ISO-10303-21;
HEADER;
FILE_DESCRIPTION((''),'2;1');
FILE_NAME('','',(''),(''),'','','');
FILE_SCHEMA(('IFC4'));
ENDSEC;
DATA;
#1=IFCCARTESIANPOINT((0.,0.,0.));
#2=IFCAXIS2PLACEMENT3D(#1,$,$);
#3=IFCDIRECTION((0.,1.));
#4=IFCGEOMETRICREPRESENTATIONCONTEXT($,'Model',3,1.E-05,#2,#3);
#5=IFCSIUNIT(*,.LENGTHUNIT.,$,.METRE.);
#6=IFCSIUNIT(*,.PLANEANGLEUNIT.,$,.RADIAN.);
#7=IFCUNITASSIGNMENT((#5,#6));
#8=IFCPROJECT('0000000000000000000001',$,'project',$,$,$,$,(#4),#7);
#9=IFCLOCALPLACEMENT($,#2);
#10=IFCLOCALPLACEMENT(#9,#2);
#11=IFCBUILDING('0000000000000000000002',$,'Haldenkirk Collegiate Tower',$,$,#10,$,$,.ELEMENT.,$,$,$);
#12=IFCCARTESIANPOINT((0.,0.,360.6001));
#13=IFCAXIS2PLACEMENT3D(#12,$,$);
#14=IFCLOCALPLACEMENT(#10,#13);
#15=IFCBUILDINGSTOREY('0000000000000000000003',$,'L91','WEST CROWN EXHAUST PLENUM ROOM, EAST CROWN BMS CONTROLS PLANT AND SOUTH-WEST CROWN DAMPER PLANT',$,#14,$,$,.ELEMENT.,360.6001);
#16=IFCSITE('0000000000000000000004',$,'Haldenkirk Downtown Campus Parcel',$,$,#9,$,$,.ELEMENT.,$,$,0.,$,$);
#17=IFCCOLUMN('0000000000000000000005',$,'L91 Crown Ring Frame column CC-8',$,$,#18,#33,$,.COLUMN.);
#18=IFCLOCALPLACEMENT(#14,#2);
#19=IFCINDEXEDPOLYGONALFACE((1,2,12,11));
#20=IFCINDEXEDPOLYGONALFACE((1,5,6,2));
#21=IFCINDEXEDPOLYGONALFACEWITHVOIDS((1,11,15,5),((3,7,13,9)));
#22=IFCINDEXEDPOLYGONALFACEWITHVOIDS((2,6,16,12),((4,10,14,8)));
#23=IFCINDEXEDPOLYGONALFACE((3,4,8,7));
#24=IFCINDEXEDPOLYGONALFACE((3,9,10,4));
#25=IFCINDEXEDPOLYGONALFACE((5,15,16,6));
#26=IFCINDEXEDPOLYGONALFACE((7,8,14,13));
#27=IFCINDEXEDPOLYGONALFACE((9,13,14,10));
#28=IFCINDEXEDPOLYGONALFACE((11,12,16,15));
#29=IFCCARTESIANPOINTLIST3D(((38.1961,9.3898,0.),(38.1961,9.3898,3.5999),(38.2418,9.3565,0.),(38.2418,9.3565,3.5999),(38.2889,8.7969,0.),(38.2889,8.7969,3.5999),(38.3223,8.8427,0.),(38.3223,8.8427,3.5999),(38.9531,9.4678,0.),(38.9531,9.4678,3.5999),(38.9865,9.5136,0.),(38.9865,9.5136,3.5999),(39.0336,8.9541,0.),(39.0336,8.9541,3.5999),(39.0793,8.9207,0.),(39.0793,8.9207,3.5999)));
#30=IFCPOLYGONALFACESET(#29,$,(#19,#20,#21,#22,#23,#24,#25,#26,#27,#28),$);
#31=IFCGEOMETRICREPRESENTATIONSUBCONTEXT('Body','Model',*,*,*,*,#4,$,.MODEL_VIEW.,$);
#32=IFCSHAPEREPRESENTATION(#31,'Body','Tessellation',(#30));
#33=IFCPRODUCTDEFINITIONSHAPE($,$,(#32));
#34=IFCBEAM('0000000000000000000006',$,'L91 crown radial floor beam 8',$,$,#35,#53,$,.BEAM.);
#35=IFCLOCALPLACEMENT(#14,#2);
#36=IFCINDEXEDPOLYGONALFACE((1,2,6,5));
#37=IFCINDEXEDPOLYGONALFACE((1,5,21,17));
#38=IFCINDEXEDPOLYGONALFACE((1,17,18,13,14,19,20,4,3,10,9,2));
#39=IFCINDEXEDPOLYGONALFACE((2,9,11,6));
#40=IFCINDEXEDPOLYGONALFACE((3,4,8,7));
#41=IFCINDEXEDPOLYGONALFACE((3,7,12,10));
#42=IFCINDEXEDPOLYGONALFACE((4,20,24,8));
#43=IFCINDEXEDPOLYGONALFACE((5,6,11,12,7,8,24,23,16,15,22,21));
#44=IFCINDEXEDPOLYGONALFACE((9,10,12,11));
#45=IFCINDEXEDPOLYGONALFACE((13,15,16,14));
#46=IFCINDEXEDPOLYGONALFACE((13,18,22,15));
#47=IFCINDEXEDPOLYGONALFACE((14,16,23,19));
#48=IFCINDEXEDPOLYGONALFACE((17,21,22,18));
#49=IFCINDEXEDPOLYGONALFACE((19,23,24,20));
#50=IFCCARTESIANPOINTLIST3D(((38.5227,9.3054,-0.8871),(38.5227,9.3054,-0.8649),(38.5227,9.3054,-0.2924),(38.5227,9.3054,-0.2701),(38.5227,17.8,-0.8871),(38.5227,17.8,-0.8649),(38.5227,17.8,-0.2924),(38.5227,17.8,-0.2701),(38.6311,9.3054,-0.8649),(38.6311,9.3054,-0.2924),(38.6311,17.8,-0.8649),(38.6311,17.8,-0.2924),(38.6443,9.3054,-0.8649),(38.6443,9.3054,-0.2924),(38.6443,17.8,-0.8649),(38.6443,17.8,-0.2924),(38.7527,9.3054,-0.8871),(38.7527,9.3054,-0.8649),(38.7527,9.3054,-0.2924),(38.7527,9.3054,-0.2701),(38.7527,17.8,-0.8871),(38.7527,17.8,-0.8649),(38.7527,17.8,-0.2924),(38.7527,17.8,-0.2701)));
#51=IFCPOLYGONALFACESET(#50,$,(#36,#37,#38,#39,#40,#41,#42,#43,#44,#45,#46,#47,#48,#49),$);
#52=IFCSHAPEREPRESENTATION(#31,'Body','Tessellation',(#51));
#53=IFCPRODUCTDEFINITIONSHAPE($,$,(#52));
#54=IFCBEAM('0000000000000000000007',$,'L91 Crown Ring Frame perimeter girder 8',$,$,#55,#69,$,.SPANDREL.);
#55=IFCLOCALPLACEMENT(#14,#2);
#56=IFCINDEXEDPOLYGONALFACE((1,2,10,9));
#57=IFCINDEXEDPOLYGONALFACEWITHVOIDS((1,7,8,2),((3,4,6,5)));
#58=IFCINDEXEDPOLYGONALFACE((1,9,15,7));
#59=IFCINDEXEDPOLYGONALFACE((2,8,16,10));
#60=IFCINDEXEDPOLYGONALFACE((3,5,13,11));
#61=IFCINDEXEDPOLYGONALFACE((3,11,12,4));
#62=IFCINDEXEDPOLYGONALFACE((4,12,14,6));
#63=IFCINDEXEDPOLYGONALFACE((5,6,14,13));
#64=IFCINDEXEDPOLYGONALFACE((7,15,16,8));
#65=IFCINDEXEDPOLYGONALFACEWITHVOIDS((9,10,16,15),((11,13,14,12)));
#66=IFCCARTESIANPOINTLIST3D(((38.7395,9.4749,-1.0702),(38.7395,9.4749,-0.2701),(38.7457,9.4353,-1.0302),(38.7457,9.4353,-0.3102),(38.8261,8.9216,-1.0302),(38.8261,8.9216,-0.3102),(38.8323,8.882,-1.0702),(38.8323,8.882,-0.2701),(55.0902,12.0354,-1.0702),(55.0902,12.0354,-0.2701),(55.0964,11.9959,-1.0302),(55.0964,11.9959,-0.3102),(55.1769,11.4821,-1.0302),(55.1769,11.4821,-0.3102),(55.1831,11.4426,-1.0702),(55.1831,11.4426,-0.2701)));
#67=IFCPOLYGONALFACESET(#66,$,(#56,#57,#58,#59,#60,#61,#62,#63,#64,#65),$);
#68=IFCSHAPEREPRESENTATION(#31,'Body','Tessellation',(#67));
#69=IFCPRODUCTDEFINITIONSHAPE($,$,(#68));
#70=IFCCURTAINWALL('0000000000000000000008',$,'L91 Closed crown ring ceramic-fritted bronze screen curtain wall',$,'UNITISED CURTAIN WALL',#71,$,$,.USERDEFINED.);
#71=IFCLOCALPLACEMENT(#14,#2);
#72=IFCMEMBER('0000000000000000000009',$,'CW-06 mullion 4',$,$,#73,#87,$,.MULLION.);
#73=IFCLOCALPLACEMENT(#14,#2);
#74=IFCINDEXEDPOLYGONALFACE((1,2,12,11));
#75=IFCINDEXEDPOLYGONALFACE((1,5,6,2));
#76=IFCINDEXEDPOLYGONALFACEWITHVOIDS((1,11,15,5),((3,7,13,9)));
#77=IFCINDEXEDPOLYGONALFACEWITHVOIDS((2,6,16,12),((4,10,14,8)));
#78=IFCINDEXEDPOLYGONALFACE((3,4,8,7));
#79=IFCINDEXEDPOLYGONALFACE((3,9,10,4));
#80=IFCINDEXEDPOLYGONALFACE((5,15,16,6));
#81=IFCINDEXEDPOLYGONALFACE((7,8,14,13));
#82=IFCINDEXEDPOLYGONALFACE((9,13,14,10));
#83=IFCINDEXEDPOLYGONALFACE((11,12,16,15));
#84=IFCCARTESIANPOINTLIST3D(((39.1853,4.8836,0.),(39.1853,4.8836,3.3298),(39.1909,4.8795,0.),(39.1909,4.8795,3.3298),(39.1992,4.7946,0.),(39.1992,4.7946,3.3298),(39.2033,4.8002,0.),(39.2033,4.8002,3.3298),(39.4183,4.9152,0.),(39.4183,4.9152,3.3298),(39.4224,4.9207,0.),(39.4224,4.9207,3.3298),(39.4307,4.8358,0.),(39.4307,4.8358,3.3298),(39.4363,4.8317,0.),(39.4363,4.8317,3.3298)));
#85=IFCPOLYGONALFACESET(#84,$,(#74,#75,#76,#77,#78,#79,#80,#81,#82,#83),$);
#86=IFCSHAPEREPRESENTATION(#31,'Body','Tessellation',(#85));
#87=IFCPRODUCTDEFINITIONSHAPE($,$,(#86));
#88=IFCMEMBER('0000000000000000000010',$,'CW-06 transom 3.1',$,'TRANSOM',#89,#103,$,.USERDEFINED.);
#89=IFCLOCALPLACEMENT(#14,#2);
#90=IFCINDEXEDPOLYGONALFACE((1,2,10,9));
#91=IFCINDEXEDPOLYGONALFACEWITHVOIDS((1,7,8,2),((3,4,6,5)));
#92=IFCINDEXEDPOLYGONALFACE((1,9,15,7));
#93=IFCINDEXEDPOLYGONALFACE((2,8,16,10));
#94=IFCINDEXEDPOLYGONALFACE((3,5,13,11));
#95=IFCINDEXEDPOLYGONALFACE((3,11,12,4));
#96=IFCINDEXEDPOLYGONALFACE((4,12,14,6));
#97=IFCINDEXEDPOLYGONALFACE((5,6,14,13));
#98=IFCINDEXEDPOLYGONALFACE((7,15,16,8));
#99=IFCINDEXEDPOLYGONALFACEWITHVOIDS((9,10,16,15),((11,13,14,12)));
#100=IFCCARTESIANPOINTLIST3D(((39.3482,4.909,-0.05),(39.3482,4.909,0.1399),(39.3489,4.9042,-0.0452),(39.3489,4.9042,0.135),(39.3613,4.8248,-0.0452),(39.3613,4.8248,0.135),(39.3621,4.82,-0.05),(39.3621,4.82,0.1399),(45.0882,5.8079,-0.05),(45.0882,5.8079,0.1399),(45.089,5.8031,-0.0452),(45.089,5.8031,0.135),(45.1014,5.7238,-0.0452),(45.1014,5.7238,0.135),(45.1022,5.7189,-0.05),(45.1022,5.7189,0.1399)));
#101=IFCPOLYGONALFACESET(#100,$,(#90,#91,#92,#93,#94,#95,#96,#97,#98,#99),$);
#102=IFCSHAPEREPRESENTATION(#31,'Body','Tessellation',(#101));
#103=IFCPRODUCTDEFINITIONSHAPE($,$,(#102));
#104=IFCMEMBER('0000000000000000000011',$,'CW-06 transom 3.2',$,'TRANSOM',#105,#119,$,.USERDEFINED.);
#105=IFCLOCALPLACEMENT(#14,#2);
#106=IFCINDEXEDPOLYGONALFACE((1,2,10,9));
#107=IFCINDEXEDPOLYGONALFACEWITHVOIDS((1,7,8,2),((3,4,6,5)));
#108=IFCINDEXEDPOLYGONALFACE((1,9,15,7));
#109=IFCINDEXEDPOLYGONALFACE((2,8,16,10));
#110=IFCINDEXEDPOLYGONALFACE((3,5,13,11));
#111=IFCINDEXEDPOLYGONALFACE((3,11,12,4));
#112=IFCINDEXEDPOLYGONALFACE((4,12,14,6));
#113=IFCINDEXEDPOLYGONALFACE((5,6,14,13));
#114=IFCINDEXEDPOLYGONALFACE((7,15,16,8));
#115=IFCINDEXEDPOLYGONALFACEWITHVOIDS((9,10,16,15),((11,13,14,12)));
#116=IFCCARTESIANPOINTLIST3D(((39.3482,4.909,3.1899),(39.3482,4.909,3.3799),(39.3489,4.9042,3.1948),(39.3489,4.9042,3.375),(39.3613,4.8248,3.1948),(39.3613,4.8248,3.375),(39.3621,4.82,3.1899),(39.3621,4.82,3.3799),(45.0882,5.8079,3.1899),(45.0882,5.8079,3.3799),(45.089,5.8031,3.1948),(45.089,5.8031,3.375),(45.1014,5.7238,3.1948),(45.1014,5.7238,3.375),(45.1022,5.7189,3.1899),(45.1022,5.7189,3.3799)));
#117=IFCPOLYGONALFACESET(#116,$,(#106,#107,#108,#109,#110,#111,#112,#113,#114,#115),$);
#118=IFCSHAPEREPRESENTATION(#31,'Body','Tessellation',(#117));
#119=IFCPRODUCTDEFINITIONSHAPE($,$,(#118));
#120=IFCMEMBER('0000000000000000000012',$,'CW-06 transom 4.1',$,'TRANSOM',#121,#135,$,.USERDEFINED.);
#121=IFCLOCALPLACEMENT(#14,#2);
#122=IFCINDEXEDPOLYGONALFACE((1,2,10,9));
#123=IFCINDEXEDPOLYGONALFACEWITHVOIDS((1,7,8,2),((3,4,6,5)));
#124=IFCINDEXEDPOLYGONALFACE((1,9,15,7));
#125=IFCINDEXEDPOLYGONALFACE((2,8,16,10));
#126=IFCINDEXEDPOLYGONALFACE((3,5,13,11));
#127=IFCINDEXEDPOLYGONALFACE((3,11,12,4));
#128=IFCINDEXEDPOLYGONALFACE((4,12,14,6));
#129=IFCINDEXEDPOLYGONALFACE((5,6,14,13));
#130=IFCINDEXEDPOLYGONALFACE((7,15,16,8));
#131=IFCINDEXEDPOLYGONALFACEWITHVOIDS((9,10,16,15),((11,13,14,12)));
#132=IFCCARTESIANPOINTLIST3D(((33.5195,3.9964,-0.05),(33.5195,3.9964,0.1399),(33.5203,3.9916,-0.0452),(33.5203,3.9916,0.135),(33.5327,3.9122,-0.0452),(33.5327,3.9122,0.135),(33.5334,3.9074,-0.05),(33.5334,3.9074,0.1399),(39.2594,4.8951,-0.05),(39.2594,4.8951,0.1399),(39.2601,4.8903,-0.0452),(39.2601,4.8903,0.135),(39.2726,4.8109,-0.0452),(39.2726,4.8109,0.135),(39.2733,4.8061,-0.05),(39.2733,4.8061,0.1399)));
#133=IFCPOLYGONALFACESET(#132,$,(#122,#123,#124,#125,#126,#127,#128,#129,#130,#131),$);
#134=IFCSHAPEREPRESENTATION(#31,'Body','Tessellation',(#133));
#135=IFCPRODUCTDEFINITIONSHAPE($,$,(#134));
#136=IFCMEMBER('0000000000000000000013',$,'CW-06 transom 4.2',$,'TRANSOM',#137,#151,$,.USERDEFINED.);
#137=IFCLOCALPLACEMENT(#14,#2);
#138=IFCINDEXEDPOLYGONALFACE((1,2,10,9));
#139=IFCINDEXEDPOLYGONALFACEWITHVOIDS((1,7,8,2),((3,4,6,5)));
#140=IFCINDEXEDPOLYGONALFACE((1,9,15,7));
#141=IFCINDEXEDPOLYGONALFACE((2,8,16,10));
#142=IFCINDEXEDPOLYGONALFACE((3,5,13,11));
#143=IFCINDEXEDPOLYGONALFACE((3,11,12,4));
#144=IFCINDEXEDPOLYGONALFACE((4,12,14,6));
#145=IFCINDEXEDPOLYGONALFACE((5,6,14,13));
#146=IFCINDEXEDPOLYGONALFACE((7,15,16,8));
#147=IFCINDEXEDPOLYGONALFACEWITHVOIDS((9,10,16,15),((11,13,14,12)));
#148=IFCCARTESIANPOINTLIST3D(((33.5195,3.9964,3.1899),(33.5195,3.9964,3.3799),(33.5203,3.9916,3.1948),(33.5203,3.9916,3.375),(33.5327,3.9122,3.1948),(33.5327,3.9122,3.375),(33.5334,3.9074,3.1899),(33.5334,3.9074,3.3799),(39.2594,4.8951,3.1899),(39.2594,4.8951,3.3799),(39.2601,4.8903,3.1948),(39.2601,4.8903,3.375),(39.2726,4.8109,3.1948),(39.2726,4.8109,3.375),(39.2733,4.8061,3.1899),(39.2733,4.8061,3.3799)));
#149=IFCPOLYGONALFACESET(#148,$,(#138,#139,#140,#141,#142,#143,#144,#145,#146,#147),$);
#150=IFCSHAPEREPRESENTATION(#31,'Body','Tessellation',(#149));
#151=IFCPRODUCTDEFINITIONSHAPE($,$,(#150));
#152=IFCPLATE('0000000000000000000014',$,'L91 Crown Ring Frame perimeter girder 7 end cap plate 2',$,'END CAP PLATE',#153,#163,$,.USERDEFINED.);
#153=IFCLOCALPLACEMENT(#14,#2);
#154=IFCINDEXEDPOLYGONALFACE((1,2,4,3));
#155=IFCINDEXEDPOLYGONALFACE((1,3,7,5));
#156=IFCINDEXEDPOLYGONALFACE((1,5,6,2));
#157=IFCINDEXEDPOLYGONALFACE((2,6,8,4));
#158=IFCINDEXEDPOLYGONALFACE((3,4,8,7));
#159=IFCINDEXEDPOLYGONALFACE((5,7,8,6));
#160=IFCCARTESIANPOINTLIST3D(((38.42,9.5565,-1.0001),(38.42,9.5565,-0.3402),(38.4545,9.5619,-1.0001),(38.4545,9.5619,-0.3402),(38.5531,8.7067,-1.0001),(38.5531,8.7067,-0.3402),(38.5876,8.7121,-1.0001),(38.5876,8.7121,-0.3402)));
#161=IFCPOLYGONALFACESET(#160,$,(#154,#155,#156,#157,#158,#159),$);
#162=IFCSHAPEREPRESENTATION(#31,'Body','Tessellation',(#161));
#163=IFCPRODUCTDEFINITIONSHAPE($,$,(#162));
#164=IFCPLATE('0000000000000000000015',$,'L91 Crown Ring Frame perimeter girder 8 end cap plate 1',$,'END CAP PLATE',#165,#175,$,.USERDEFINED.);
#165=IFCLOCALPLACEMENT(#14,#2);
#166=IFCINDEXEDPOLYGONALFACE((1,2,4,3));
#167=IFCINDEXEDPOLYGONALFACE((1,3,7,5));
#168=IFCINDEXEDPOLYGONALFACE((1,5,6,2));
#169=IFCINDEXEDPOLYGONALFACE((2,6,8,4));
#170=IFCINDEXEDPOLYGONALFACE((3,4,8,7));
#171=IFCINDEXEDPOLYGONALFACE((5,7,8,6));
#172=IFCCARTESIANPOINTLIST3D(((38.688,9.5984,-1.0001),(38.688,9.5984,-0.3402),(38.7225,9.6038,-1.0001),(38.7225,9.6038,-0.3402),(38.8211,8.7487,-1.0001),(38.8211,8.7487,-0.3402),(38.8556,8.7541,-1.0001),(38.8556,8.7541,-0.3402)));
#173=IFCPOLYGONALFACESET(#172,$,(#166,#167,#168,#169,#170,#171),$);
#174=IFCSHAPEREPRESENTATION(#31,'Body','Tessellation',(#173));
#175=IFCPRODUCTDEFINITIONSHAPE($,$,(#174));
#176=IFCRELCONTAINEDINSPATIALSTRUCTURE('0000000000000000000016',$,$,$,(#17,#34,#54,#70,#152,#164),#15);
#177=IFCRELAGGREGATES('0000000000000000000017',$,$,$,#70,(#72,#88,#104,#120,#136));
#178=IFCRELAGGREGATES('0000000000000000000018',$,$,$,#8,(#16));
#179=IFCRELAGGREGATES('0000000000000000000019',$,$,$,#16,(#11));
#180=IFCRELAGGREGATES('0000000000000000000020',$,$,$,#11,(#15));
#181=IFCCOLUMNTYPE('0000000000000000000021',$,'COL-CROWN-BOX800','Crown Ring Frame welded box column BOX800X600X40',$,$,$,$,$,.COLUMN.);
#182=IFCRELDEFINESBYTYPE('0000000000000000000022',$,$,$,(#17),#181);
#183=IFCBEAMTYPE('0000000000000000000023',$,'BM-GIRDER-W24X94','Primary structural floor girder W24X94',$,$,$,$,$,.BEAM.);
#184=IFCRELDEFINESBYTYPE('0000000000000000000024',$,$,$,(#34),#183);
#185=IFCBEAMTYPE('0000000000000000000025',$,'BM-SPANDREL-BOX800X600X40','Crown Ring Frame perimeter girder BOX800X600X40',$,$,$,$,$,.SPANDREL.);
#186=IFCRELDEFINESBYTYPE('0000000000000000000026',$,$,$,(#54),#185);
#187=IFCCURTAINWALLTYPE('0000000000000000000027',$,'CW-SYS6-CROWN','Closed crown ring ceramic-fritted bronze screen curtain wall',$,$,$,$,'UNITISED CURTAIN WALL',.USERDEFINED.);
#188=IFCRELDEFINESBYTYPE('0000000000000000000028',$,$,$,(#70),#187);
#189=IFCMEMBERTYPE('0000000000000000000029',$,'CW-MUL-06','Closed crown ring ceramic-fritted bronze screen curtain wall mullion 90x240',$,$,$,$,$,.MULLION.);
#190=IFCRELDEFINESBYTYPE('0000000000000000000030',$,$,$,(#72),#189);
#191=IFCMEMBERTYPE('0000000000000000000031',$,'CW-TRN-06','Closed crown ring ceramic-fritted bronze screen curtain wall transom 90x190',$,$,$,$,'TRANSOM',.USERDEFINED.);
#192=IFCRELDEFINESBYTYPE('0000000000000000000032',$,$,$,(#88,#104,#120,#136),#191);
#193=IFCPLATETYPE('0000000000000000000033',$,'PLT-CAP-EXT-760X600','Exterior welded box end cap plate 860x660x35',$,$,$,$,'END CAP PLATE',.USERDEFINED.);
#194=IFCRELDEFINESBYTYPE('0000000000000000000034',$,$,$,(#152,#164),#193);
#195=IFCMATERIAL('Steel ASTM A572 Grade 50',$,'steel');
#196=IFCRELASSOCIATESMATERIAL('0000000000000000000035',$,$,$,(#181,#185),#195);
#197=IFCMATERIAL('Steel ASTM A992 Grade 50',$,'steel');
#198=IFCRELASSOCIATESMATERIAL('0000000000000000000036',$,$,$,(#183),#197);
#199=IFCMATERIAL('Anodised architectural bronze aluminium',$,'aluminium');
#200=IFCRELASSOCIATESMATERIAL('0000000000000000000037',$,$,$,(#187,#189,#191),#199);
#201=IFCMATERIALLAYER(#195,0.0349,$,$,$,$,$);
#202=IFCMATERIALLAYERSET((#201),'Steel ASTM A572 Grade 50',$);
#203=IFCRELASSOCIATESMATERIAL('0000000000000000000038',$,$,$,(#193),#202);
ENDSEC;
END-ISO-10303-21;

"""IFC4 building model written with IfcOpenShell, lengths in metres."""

from ifc_helpers import new_model, si_unit, direction, frame, origin, origin_2d, place, context, subcontext, project, spatial, rectangle, hollow_rectangle, i_section, extrude, source, transform, mapped, material, layer, layer_set, material_profile, profile_set, type_object, element, aggregate, save


model = new_model("IFC4")

# Units and contexts
model_context = context("Model", 3, precision=1e-05, world=origin(), true_north=direction((0.0, 1.0)))
body_context = subcontext(model_context, "Body", "Model", "MODEL_VIEW")
ifc_project = project(units=[si_unit("LENGTHUNIT", "METRE"), si_unit("PLANEANGLEUNIT", "RADIAN")], contexts=[model_context])

# Site, building, storey
site_placement = place(None, origin())
site = spatial("IfcSite", under=ifc_project, at=site_placement, Name="Haldenkirk Downtown Campus Parcel", CompositionType="ELEMENT", RefElevation=0.0)
building_placement = place(site_placement, origin())
building = spatial("IfcBuilding", under=site, at=building_placement, Name="Haldenkirk Collegiate Tower", CompositionType="ELEMENT")
storey_placement = place(building_placement, frame((0.0, 0.0, 360.6001)))
storey = spatial("IfcBuildingStorey", under=building, at=storey_placement, Name="L91", Description="WEST CROWN EXHAUST PLENUM ROOM, EAST CROWN BMS CONTROLS PLANT AND SOUTH-WEST CROWN DAMPER PLANT", CompositionType="ELEMENT", Elevation=360.6001)

# Column
ifc_material_1 = material(Name="Steel ASTM A572 Grade 50", Category="steel")
ifc_material_profile_1 = material_profile(ifc_material_1, hollow_rectangle(XDim=0.6001, YDim=0.8, WallThickness=0.04, at=origin_2d()), Name="BOX800X600X40")
ifc_profile_set_1 = profile_set([ifc_material_profile_1], Name="Steel ASTM A572 Grade 50")
column_type = type_object("IfcColumnType", Name="COL-CROWN-BOX800", Description="Crown Ring Frame welded box column BOX800X600X40", PredefinedType="COLUMN", material=ifc_profile_set_1)
column_placement = place(storey_placement, frame((38.6377, 9.1553, 0.0), z_axis=(0.0, 0.0, 1.0), x_axis=(-0.15471, 0.98796, 0.0)))
element("IfcColumn", 1, at=column_placement, inside=storey, type_object=column_type, Name="L91 Crown Ring Frame column CC-8", PredefinedType="COLUMN", context=body_context, shape_type="SweptSolid", body=[
    extrude(hollow_rectangle(XDim=0.6001, YDim=0.8, WallThickness=0.04, at=origin_2d()), origin(), (0.0, 0.0, 1.0), 3.5999),
])

# Beams
ifc_material_2 = material(Name="Steel ASTM A992 Grade 50", Category="steel")
ifc_material_profile_2 = material_profile(ifc_material_2, i_section(OverallWidth=0.23, OverallDepth=0.6169, WebThickness=0.0132, FlangeThickness=0.0222, at=origin_2d()), Name="W24X94")
ifc_profile_set_2 = profile_set([ifc_material_profile_2], Name="Steel ASTM A992 Grade 50")
beam_type_1 = type_object("IfcBeamType", Name="BM-GIRDER-W24X94", Description="Primary structural floor girder W24X94", PredefinedType="BEAM", material=ifc_profile_set_2)
beam_1_placement = place(storey_placement, frame((38.6377, 9.3054, -0.5786), z_axis=(0.0, 1.0, 0.0), x_axis=(-1.0, 0.0, 0.0)))
element("IfcBeam", 2, at=beam_1_placement, inside=storey, type_object=beam_type_1, Name="L91 crown radial floor beam 8", PredefinedType="BEAM", context=body_context, shape_type="SweptSolid", body=[
    extrude(i_section(OverallWidth=0.23, OverallDepth=0.6169, WebThickness=0.0132, FlangeThickness=0.0222, at=origin_2d()), origin(), (0.0, 0.0, 1.0), 8.4946),
])
ifc_material_profile_3 = material_profile(ifc_material_1, hollow_rectangle(XDim=0.6001, YDim=0.8, WallThickness=0.04, at=origin_2d()), Name="BOX800X600X40")
ifc_profile_set_3 = profile_set([ifc_material_profile_3], Name="Steel ASTM A572 Grade 50")
beam_type_2 = type_object("IfcBeamType", Name="BM-SPANDREL-BOX800X600X40", Description="Crown Ring Frame perimeter girder BOX800X600X40", PredefinedType="SPANDREL", material=ifc_profile_set_3)
beam_2_placement = place(storey_placement, frame((38.7859, 9.1785, -0.6702), z_axis=(0.987959, 0.154715, 0.0), x_axis=(-0.154715, 0.987959, 0.0)))
element("IfcBeam", 3, at=beam_2_placement, inside=storey, type_object=beam_type_2, Name="L91 Crown Ring Frame perimeter girder 8", PredefinedType="SPANDREL", context=body_context, shape_type="SweptSolid", body=[
    extrude(hollow_rectangle(XDim=0.6001, YDim=0.8, WallThickness=0.04, at=origin_2d()), origin(), (0.0, 0.0, 1.0), 16.55),
])

# Curtain wall, members
ifc_material_3 = material(Name="Anodised architectural bronze aluminium", Category="aluminium")
curtain_wall_type = type_object("IfcCurtainWallType", Name="CW-SYS6-CROWN", Description="Closed crown ring ceramic-fritted bronze screen curtain wall", ElementType="UNITISED CURTAIN WALL", PredefinedType="USERDEFINED", material=ifc_material_3)
curtain_wall_placement = place(storey_placement, origin())
curtain_wall = element("IfcCurtainWall", 4, at=curtain_wall_placement, inside=storey, type_object=curtain_wall_type, Name="L91 Closed crown ring ceramic-fritted bronze screen curtain wall", ObjectType="UNITISED CURTAIN WALL", PredefinedType="USERDEFINED")
ifc_material_profile_4 = material_profile(ifc_material_3, hollow_rectangle(XDim=0.0901, YDim=0.24, WallThickness=0.0049, at=origin_2d()), Name="CW-MUL-06")
ifc_profile_set_4 = profile_set([ifc_material_profile_4], Name="Anodised architectural bronze aluminium")
member_type_1 = type_object("IfcMemberType", Name="CW-MUL-06", Description="Closed crown ring ceramic-fritted bronze screen curtain wall mullion 90x240", PredefinedType="MULLION", material=ifc_profile_set_4)
member_1_placement = place(storey_placement, frame((39.3108, 4.8577, 0.0), z_axis=(0.0, 0.0, 1.0), x_axis=(0.154709, -0.98796, 0.0)))
member_1 = element("IfcMember", 5, at=member_1_placement, type_object=member_type_1, Name="CW-06 mullion 4", PredefinedType="MULLION", context=body_context, shape_type="SweptSolid", body=[
    extrude(hollow_rectangle(XDim=0.0901, YDim=0.24, WallThickness=0.0049, at=origin_2d()), origin(), (0.0, 0.0, 1.0), 3.3298),
])
ifc_material_profile_5 = material_profile(ifc_material_3, hollow_rectangle(XDim=0.0901, YDim=0.1899, WallThickness=0.0049, at=origin_2d()), Name="CW-TRN-06")
ifc_profile_set_5 = profile_set([ifc_material_profile_5], Name="Anodised architectural bronze aluminium")
member_type_2 = type_object("IfcMemberType", Name="CW-TRN-06", Description="Closed crown ring ceramic-fritted bronze screen curtain wall transom 90x190", ElementType="TRANSOM", PredefinedType="USERDEFINED", material=ifc_profile_set_5)
member_2_placement = place(storey_placement, frame((45.0952, 5.7634, 0.0449), z_axis=(-0.987958, -0.154722, 0.0), x_axis=(0.154722, -0.987958, 0.0)))
member_2 = element("IfcMember", 6, at=member_2_placement, type_object=member_type_2, Name="CW-06 transom 3.1", ObjectType="TRANSOM", PredefinedType="USERDEFINED", context=body_context, shape_type="SweptSolid", body=[
    extrude(hollow_rectangle(XDim=0.0901, YDim=0.1899, WallThickness=0.0049, at=origin_2d()), origin(), (0.0, 0.0, 1.0), 5.8101),
])
member_3_placement = place(storey_placement, frame((45.0952, 5.7634, 3.2849), z_axis=(-0.987958, -0.154722, 0.0), x_axis=(0.154722, -0.987958, 0.0)))
member_3 = element("IfcMember", 7, at=member_3_placement, type_object=member_type_2, Name="CW-06 transom 3.2", ObjectType="TRANSOM", PredefinedType="USERDEFINED", context=body_context, shape_type="SweptSolid", body=[
    extrude(hollow_rectangle(XDim=0.0901, YDim=0.1899, WallThickness=0.0049, at=origin_2d()), origin(), (0.0, 0.0, 1.0), 5.8101),
])
member_4_placement = place(storey_placement, frame((39.2664, 4.8506, 0.0449), z_axis=(-0.987965, -0.154681, 0.0), x_axis=(0.154681, -0.987965, 0.0)))
member_4 = element("IfcMember", 8, at=member_4_placement, type_object=member_type_2, Name="CW-06 transom 4.1", ObjectType="TRANSOM", PredefinedType="USERDEFINED", context=body_context, shape_type="SweptSolid", body=[
    extrude(hollow_rectangle(XDim=0.0901, YDim=0.1899, WallThickness=0.0049, at=origin_2d()), origin(), (0.0, 0.0, 1.0), 5.8098),
])
member_5_placement = place(storey_placement, frame((39.2664, 4.8506, 3.2849), z_axis=(-0.987965, -0.154681, 0.0), x_axis=(0.154681, -0.987965, 0.0)))
member_5 = element("IfcMember", 9, at=member_5_placement, type_object=member_type_2, Name="CW-06 transom 4.2", ObjectType="TRANSOM", PredefinedType="USERDEFINED", context=body_context, shape_type="SweptSolid", body=[
    extrude(hollow_rectangle(XDim=0.0901, YDim=0.1899, WallThickness=0.0049, at=origin_2d()), origin(), (0.0, 0.0, 1.0), 5.8098),
])

# Plates
ifc_layer_1 = layer(ifc_material_1, 0.0349)
ifc_layer_set_1 = layer_set([ifc_layer_1], Name="Steel ASTM A572 Grade 50")
plate_type_1 = type_object("IfcPlateType", Name="PLT-CAP-EXT-760X600", Description="Exterior welded box end cap plate 860x660x35", ElementType="END CAP PLATE", PredefinedType="USERDEFINED", material=ifc_layer_set_1)
shared_shape_1 = source(origin(), body_context, "Body", "SweptSolid", [
    extrude(rectangle(XDim=0.8601, YDim=0.6599, at=origin_2d()), origin(), (0.0, 0.0, 1.0), 0.0349),
])
for number, where, z_axis, x_axis, name in (
    (10, (38.4866, 9.1316, -0.6702), (0.987959, 0.154713, 0.0), (-0.154713, 0.987959, 0.0), "L91 Crown Ring Frame perimeter girder 7 end cap plate 2"),
    (11, (38.7891, 9.179, -0.6702), (-0.987959, -0.154713, 0.0), (0.154713, -0.987959, 0.0), "L91 Crown Ring Frame perimeter girder 8 end cap plate 1"),
):
    element("IfcPlate", number, at=place(storey_placement, frame(where, z_axis=z_axis, x_axis=x_axis)), inside=storey, type_object=plate_type_1, Name=name, ObjectType="END CAP PLATE", PredefinedType="USERDEFINED", context=body_context, shape_type="MappedRepresentation", body=[
        mapped(shared_shape_1, transform((0.0, 0.0, 0.0), x_axis=(1.0, 0.0, 0.0), y_axis=(0.0, 1.0, 0.0), z_axis=(0.0, 0.0, 1.0), scale=1.0)),
    ])

aggregate(curtain_wall, [member_1, member_2, member_3, member_4, member_5])

save(model, "model.ifc")
